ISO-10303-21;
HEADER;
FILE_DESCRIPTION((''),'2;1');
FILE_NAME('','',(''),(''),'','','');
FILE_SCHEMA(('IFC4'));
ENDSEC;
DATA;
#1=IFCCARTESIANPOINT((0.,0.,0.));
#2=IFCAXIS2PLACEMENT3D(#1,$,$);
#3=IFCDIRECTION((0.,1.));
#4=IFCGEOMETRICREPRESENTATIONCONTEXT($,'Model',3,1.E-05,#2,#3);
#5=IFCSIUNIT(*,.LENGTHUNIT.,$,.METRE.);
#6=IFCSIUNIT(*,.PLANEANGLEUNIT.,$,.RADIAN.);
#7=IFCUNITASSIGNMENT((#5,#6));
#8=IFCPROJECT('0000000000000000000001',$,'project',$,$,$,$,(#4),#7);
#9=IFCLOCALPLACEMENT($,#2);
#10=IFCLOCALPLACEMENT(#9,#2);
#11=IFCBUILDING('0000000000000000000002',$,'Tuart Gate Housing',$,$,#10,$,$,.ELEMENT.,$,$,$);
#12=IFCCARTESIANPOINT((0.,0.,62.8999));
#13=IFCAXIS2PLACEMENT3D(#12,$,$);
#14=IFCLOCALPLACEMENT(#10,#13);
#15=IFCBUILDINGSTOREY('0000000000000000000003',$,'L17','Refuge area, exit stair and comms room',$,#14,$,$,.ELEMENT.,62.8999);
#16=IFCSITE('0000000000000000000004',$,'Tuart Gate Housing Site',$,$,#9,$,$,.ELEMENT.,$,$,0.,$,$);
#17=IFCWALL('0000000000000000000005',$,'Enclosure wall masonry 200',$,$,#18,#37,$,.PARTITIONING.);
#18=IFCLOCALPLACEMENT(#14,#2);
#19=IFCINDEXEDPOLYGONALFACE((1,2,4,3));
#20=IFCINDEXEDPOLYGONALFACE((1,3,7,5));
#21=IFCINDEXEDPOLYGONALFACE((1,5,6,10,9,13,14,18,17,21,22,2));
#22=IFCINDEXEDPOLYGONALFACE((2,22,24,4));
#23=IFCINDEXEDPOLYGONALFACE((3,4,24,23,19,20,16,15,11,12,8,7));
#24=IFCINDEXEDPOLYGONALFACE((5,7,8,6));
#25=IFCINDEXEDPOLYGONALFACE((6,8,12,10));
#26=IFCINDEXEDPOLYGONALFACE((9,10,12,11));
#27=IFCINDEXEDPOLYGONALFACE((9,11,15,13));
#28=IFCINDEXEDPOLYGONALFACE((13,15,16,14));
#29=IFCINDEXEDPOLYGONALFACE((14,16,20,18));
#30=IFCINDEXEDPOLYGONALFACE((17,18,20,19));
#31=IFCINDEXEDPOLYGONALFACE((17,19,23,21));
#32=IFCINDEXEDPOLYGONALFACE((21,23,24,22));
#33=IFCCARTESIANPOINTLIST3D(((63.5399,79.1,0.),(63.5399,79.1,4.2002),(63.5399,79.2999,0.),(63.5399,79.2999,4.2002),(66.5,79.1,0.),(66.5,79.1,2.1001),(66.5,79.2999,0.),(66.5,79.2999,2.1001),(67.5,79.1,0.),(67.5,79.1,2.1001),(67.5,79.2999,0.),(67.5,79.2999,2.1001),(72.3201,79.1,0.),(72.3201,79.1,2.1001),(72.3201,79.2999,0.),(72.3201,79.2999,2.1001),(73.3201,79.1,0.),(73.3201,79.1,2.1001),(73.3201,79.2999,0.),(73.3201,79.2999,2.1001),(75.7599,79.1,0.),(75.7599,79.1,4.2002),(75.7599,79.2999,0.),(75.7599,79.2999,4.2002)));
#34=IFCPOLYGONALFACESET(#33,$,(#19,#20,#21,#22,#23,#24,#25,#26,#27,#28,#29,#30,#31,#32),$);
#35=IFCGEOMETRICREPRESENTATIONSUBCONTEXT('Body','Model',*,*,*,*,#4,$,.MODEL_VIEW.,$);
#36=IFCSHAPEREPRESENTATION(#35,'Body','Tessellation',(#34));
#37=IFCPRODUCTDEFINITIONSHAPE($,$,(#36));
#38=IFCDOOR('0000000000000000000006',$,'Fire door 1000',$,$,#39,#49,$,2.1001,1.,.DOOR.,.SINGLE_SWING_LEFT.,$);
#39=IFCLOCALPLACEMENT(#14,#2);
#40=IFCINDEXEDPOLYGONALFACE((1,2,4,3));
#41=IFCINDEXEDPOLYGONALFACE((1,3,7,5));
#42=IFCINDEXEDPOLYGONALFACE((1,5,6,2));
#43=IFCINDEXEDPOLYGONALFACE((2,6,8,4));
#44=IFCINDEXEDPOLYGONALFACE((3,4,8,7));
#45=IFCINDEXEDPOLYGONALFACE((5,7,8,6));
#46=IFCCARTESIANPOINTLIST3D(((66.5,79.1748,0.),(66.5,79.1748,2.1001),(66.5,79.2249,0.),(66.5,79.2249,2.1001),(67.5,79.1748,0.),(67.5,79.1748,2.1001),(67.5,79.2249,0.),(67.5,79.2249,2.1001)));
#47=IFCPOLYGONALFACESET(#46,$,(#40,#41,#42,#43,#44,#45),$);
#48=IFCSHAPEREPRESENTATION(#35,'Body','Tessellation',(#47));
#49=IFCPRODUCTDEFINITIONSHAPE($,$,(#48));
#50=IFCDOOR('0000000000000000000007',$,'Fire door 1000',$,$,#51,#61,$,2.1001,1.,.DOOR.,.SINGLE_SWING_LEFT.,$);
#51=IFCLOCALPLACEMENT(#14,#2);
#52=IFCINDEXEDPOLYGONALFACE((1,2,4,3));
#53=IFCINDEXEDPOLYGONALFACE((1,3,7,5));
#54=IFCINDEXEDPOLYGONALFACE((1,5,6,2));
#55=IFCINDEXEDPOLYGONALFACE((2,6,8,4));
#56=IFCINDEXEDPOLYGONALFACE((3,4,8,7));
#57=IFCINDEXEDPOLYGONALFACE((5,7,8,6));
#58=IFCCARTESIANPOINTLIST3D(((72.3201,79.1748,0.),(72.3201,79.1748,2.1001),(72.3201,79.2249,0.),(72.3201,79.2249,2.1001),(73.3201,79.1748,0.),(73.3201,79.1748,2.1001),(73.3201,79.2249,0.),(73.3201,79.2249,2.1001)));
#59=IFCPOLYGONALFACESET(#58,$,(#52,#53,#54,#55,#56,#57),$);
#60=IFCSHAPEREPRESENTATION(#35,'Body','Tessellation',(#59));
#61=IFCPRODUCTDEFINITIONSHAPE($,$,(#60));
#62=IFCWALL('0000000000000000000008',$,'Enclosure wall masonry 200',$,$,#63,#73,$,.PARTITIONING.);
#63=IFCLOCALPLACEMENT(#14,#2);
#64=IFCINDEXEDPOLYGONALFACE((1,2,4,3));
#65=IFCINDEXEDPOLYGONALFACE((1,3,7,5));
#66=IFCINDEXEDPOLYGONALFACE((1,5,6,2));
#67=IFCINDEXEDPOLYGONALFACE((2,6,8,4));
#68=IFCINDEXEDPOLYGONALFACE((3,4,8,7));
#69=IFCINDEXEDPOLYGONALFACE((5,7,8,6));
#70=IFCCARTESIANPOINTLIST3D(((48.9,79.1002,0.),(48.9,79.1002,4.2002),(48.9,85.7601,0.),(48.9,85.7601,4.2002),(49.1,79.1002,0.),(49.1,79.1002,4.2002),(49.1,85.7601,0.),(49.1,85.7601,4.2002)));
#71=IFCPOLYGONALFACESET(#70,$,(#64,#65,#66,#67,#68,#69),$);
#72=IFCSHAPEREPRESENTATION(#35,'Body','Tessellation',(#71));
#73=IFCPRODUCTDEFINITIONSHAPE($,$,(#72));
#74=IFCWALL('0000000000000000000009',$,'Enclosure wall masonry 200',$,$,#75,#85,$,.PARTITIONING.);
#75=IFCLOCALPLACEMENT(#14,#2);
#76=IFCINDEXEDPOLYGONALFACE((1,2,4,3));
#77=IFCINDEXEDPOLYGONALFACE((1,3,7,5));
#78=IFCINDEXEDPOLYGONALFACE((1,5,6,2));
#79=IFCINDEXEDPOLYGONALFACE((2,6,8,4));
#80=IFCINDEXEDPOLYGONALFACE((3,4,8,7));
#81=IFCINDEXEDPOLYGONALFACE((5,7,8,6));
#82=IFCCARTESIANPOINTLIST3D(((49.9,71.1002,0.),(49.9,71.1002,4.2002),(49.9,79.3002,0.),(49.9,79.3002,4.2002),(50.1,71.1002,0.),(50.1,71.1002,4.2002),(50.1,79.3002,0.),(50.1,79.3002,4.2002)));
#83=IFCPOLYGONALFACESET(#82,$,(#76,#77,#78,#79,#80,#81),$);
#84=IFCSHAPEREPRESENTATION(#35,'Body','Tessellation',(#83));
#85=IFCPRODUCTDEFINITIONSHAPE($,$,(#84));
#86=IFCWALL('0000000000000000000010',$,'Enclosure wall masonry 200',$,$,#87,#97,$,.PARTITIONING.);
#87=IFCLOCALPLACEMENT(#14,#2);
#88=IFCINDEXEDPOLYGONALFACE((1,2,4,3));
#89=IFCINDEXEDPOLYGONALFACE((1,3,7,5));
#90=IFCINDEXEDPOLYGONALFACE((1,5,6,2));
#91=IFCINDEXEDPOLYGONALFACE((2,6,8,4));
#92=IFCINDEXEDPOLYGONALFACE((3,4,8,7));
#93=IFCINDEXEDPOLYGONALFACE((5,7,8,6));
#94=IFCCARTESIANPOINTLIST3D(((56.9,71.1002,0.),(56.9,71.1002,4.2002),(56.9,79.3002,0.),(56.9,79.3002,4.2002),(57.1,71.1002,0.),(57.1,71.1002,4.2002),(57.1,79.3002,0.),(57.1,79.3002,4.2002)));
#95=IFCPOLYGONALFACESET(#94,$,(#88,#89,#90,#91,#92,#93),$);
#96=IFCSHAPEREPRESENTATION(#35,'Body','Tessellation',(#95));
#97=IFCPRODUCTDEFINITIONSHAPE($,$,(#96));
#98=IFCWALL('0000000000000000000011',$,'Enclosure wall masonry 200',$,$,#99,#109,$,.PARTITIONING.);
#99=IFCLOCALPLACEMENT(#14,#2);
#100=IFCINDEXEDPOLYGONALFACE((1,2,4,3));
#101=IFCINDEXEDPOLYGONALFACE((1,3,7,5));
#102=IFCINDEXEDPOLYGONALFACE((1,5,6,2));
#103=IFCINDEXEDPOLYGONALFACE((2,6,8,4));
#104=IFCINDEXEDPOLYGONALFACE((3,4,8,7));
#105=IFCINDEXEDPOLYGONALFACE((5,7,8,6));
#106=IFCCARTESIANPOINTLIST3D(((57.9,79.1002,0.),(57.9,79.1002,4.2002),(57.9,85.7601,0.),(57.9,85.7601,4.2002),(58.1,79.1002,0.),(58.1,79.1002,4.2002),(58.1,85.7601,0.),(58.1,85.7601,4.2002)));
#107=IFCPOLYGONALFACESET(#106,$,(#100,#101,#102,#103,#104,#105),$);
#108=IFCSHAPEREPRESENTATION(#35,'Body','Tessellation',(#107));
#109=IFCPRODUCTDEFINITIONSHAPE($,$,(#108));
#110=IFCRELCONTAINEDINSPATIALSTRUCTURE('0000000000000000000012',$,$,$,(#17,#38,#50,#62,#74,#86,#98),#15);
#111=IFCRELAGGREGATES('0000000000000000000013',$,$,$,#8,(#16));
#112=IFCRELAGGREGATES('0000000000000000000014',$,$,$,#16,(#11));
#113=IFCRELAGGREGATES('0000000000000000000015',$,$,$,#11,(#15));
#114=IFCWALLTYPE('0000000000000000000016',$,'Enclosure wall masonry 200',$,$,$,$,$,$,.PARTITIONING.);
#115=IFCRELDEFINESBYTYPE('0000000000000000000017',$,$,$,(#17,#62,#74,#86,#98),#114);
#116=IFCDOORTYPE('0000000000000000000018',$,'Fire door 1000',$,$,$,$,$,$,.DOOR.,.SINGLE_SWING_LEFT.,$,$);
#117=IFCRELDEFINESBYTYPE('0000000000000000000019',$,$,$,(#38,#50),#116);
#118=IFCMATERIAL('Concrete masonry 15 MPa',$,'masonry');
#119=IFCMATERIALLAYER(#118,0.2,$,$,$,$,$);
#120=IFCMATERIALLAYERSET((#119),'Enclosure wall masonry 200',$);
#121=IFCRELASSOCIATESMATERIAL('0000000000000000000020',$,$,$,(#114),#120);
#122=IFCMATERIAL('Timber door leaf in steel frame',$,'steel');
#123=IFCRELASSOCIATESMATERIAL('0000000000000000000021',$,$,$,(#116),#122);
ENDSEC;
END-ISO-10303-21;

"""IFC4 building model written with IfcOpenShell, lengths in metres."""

from ifc_helpers import new_model, si_unit, direction, frame, frame_2d, origin, place, context, subcontext, project, spatial, rectangle, extrude, material, layer, layer_set, type_object, element, fill, save


model = new_model("IFC4")

# Units and contexts
model_context = context("Model", 3, precision=1e-05, world=origin(), true_north=direction((0.0, 1.0)))
body_context = subcontext(model_context, "Body", "Model", "MODEL_VIEW")
ifc_project = project(units=[si_unit("LENGTHUNIT", "METRE"), si_unit("PLANEANGLEUNIT", "RADIAN")], contexts=[model_context])

# Site, building, storey
site_placement = place(None, origin())
site = spatial("IfcSite", under=ifc_project, at=site_placement, Name="Tuart Gate Housing Site", CompositionType="ELEMENT", RefElevation=0.0)
building_placement = place(site_placement, origin())
building = spatial("IfcBuilding", under=site, at=building_placement, Name="Tuart Gate Housing", CompositionType="ELEMENT")
storey_placement = place(building_placement, frame((0.0, 0.0, 62.8999)))
storey = spatial("IfcBuildingStorey", under=building, at=storey_placement, Name="L17", Description="Refuge area, exit stair and comms room", CompositionType="ELEMENT", Elevation=62.8999)

# Shared definitions
ifc_material_1 = material(Name="Concrete masonry 15 MPa", Category="masonry")
ifc_layer = layer(ifc_material_1, 0.2)
ifc_layer_set = layer_set([ifc_layer], Name="Enclosure wall masonry 200")
wall_type = type_object("IfcWallType", Name="Enclosure wall masonry 200", PredefinedType="PARTITIONING", material=ifc_layer_set)

# Wall, openings, doors
wall_1_placement = place(storey_placement, frame((63.54, 79.2, 0.0), z_axis=(0.0, 0.0, 1.0), x_axis=(1.0, 0.0, 0.0)))
wall_1 = element("IfcWall", 1, at=wall_1_placement, inside=storey, type_object=wall_type, Name="Enclosure wall masonry 200", PredefinedType="PARTITIONING", context=body_context, shape_type="SweptSolid", body=[
    extrude(rectangle(XDim=12.22, YDim=0.2, at=frame_2d((6.1099, 0.0))), origin(), (0.0, 0.0, 1.0), 4.2002),
])
opening_1_placement = place(wall_1_placement, frame((2.96, 0.0, 0.0)))
opening_1 = element("IfcOpeningElement", 2, at=opening_1_placement, cuts=wall_1, PredefinedType="OPENING", context=body_context, shape_type="SweptSolid", body=[
    extrude(rectangle(XDim=1.0, YDim=2.1001, at=frame_2d((0.5, 1.05))), frame((0.0, 0.1099, 0.0), z_axis=(0.0, -1.0, 0.0), x_axis=(1.0, 0.0, 0.0)), (0.0, 0.0, 1.0), 0.22),
])
opening_2_placement = place(wall_1_placement, frame((8.78, 0.0, 0.0)))
opening_2 = element("IfcOpeningElement", 3, at=opening_2_placement, cuts=wall_1, PredefinedType="OPENING", context=body_context, shape_type="SweptSolid", body=[
    extrude(rectangle(XDim=1.0, YDim=2.1001, at=frame_2d((0.5, 1.05))), frame((0.0, 0.1099, 0.0), z_axis=(0.0, -1.0, 0.0), x_axis=(1.0, 0.0, 0.0)), (0.0, 0.0, 1.0), 0.22),
])
ifc_material_2 = material(Name="Timber door leaf in steel frame", Category="steel")
door_type_1 = type_object("IfcDoorType", Name="Fire door 1000", OperationType="SINGLE_SWING_LEFT", PredefinedType="DOOR", material=ifc_material_2)
door_1_placement = place(opening_1_placement, origin())
door_1 = element("IfcDoor", 4, at=door_1_placement, inside=storey, type_object=door_type_1, Name="Fire door 1000", OperationType="SINGLE_SWING_LEFT", OverallHeight=2.1001, OverallWidth=1.0, PredefinedType="DOOR", context=body_context, shape_type="SweptSolid", body=[
    extrude(rectangle(XDim=1.0, YDim=2.1001, at=frame_2d((0.5, 1.05))), frame((0.0, 0.0249, 0.0), z_axis=(0.0, -1.0, 0.0), x_axis=(1.0, 0.0, 0.0)), (0.0, 0.0, 1.0), 0.05),
])
fill(opening_1, door_1)
door_2_placement = place(opening_2_placement, origin())
door_2 = element("IfcDoor", 5, at=door_2_placement, inside=storey, type_object=door_type_1, Name="Fire door 1000", OperationType="SINGLE_SWING_LEFT", OverallHeight=2.1001, OverallWidth=1.0, PredefinedType="DOOR", context=body_context, shape_type="SweptSolid", body=[
    extrude(rectangle(XDim=1.0, YDim=2.1001, at=frame_2d((0.5, 1.05))), frame((0.0, 0.0249, 0.0), z_axis=(0.0, -1.0, 0.0), x_axis=(1.0, 0.0, 0.0)), (0.0, 0.0, 1.0), 0.05),
])
fill(opening_2, door_2)

# Walls
wall_2_placement = place(storey_placement, frame((49.0, 79.1001, 0.0), z_axis=(0.0, 0.0, 1.0), x_axis=(0.0, 1.0, 0.0)))
element("IfcWall", 6, at=wall_2_placement, inside=storey, type_object=wall_type, Name="Enclosure wall masonry 200", PredefinedType="PARTITIONING", context=body_context, shape_type="SweptSolid", body=[
    extrude(rectangle(XDim=6.6599, YDim=0.2, at=frame_2d((3.3301, 0.0))), origin(), (0.0, 0.0, 1.0), 4.2002),
])
for number, where, z_axis, x_axis, name in (
    (7, (50.0, 71.1001, 0.0), (0.0, 0.0, 1.0), (0.0, 1.0, 0.0), "Enclosure wall masonry 200"),
    (8, (57.0, 71.1001, 0.0), (0.0, 0.0, 1.0), (0.0, 1.0, 0.0), "Enclosure wall masonry 200"),
):
    element("IfcWall", number, at=place(storey_placement, frame(where, z_axis=z_axis, x_axis=x_axis)), inside=storey, type_object=wall_type, Name=name, PredefinedType="PARTITIONING", context=body_context, shape_type="SweptSolid", body=[
        extrude(rectangle(XDim=8.2, YDim=0.2, at=frame_2d((4.1001, 0.0))), origin(), (0.0, 0.0, 1.0), 4.2002),
    ])
wall_3_placement = place(storey_placement, frame((58.0, 79.1001, 0.0), z_axis=(0.0, 0.0, 1.0), x_axis=(0.0, 1.0, 0.0)))
element("IfcWall", 9, at=wall_3_placement, inside=storey, type_object=wall_type, Name="Enclosure wall masonry 200", PredefinedType="PARTITIONING", context=body_context, shape_type="SweptSolid", body=[
    extrude(rectangle(XDim=6.6599, YDim=0.2, at=frame_2d((3.3301, 0.0))), origin(), (0.0, 0.0, 1.0), 4.2002),
])

save(model, "model.ifc")
